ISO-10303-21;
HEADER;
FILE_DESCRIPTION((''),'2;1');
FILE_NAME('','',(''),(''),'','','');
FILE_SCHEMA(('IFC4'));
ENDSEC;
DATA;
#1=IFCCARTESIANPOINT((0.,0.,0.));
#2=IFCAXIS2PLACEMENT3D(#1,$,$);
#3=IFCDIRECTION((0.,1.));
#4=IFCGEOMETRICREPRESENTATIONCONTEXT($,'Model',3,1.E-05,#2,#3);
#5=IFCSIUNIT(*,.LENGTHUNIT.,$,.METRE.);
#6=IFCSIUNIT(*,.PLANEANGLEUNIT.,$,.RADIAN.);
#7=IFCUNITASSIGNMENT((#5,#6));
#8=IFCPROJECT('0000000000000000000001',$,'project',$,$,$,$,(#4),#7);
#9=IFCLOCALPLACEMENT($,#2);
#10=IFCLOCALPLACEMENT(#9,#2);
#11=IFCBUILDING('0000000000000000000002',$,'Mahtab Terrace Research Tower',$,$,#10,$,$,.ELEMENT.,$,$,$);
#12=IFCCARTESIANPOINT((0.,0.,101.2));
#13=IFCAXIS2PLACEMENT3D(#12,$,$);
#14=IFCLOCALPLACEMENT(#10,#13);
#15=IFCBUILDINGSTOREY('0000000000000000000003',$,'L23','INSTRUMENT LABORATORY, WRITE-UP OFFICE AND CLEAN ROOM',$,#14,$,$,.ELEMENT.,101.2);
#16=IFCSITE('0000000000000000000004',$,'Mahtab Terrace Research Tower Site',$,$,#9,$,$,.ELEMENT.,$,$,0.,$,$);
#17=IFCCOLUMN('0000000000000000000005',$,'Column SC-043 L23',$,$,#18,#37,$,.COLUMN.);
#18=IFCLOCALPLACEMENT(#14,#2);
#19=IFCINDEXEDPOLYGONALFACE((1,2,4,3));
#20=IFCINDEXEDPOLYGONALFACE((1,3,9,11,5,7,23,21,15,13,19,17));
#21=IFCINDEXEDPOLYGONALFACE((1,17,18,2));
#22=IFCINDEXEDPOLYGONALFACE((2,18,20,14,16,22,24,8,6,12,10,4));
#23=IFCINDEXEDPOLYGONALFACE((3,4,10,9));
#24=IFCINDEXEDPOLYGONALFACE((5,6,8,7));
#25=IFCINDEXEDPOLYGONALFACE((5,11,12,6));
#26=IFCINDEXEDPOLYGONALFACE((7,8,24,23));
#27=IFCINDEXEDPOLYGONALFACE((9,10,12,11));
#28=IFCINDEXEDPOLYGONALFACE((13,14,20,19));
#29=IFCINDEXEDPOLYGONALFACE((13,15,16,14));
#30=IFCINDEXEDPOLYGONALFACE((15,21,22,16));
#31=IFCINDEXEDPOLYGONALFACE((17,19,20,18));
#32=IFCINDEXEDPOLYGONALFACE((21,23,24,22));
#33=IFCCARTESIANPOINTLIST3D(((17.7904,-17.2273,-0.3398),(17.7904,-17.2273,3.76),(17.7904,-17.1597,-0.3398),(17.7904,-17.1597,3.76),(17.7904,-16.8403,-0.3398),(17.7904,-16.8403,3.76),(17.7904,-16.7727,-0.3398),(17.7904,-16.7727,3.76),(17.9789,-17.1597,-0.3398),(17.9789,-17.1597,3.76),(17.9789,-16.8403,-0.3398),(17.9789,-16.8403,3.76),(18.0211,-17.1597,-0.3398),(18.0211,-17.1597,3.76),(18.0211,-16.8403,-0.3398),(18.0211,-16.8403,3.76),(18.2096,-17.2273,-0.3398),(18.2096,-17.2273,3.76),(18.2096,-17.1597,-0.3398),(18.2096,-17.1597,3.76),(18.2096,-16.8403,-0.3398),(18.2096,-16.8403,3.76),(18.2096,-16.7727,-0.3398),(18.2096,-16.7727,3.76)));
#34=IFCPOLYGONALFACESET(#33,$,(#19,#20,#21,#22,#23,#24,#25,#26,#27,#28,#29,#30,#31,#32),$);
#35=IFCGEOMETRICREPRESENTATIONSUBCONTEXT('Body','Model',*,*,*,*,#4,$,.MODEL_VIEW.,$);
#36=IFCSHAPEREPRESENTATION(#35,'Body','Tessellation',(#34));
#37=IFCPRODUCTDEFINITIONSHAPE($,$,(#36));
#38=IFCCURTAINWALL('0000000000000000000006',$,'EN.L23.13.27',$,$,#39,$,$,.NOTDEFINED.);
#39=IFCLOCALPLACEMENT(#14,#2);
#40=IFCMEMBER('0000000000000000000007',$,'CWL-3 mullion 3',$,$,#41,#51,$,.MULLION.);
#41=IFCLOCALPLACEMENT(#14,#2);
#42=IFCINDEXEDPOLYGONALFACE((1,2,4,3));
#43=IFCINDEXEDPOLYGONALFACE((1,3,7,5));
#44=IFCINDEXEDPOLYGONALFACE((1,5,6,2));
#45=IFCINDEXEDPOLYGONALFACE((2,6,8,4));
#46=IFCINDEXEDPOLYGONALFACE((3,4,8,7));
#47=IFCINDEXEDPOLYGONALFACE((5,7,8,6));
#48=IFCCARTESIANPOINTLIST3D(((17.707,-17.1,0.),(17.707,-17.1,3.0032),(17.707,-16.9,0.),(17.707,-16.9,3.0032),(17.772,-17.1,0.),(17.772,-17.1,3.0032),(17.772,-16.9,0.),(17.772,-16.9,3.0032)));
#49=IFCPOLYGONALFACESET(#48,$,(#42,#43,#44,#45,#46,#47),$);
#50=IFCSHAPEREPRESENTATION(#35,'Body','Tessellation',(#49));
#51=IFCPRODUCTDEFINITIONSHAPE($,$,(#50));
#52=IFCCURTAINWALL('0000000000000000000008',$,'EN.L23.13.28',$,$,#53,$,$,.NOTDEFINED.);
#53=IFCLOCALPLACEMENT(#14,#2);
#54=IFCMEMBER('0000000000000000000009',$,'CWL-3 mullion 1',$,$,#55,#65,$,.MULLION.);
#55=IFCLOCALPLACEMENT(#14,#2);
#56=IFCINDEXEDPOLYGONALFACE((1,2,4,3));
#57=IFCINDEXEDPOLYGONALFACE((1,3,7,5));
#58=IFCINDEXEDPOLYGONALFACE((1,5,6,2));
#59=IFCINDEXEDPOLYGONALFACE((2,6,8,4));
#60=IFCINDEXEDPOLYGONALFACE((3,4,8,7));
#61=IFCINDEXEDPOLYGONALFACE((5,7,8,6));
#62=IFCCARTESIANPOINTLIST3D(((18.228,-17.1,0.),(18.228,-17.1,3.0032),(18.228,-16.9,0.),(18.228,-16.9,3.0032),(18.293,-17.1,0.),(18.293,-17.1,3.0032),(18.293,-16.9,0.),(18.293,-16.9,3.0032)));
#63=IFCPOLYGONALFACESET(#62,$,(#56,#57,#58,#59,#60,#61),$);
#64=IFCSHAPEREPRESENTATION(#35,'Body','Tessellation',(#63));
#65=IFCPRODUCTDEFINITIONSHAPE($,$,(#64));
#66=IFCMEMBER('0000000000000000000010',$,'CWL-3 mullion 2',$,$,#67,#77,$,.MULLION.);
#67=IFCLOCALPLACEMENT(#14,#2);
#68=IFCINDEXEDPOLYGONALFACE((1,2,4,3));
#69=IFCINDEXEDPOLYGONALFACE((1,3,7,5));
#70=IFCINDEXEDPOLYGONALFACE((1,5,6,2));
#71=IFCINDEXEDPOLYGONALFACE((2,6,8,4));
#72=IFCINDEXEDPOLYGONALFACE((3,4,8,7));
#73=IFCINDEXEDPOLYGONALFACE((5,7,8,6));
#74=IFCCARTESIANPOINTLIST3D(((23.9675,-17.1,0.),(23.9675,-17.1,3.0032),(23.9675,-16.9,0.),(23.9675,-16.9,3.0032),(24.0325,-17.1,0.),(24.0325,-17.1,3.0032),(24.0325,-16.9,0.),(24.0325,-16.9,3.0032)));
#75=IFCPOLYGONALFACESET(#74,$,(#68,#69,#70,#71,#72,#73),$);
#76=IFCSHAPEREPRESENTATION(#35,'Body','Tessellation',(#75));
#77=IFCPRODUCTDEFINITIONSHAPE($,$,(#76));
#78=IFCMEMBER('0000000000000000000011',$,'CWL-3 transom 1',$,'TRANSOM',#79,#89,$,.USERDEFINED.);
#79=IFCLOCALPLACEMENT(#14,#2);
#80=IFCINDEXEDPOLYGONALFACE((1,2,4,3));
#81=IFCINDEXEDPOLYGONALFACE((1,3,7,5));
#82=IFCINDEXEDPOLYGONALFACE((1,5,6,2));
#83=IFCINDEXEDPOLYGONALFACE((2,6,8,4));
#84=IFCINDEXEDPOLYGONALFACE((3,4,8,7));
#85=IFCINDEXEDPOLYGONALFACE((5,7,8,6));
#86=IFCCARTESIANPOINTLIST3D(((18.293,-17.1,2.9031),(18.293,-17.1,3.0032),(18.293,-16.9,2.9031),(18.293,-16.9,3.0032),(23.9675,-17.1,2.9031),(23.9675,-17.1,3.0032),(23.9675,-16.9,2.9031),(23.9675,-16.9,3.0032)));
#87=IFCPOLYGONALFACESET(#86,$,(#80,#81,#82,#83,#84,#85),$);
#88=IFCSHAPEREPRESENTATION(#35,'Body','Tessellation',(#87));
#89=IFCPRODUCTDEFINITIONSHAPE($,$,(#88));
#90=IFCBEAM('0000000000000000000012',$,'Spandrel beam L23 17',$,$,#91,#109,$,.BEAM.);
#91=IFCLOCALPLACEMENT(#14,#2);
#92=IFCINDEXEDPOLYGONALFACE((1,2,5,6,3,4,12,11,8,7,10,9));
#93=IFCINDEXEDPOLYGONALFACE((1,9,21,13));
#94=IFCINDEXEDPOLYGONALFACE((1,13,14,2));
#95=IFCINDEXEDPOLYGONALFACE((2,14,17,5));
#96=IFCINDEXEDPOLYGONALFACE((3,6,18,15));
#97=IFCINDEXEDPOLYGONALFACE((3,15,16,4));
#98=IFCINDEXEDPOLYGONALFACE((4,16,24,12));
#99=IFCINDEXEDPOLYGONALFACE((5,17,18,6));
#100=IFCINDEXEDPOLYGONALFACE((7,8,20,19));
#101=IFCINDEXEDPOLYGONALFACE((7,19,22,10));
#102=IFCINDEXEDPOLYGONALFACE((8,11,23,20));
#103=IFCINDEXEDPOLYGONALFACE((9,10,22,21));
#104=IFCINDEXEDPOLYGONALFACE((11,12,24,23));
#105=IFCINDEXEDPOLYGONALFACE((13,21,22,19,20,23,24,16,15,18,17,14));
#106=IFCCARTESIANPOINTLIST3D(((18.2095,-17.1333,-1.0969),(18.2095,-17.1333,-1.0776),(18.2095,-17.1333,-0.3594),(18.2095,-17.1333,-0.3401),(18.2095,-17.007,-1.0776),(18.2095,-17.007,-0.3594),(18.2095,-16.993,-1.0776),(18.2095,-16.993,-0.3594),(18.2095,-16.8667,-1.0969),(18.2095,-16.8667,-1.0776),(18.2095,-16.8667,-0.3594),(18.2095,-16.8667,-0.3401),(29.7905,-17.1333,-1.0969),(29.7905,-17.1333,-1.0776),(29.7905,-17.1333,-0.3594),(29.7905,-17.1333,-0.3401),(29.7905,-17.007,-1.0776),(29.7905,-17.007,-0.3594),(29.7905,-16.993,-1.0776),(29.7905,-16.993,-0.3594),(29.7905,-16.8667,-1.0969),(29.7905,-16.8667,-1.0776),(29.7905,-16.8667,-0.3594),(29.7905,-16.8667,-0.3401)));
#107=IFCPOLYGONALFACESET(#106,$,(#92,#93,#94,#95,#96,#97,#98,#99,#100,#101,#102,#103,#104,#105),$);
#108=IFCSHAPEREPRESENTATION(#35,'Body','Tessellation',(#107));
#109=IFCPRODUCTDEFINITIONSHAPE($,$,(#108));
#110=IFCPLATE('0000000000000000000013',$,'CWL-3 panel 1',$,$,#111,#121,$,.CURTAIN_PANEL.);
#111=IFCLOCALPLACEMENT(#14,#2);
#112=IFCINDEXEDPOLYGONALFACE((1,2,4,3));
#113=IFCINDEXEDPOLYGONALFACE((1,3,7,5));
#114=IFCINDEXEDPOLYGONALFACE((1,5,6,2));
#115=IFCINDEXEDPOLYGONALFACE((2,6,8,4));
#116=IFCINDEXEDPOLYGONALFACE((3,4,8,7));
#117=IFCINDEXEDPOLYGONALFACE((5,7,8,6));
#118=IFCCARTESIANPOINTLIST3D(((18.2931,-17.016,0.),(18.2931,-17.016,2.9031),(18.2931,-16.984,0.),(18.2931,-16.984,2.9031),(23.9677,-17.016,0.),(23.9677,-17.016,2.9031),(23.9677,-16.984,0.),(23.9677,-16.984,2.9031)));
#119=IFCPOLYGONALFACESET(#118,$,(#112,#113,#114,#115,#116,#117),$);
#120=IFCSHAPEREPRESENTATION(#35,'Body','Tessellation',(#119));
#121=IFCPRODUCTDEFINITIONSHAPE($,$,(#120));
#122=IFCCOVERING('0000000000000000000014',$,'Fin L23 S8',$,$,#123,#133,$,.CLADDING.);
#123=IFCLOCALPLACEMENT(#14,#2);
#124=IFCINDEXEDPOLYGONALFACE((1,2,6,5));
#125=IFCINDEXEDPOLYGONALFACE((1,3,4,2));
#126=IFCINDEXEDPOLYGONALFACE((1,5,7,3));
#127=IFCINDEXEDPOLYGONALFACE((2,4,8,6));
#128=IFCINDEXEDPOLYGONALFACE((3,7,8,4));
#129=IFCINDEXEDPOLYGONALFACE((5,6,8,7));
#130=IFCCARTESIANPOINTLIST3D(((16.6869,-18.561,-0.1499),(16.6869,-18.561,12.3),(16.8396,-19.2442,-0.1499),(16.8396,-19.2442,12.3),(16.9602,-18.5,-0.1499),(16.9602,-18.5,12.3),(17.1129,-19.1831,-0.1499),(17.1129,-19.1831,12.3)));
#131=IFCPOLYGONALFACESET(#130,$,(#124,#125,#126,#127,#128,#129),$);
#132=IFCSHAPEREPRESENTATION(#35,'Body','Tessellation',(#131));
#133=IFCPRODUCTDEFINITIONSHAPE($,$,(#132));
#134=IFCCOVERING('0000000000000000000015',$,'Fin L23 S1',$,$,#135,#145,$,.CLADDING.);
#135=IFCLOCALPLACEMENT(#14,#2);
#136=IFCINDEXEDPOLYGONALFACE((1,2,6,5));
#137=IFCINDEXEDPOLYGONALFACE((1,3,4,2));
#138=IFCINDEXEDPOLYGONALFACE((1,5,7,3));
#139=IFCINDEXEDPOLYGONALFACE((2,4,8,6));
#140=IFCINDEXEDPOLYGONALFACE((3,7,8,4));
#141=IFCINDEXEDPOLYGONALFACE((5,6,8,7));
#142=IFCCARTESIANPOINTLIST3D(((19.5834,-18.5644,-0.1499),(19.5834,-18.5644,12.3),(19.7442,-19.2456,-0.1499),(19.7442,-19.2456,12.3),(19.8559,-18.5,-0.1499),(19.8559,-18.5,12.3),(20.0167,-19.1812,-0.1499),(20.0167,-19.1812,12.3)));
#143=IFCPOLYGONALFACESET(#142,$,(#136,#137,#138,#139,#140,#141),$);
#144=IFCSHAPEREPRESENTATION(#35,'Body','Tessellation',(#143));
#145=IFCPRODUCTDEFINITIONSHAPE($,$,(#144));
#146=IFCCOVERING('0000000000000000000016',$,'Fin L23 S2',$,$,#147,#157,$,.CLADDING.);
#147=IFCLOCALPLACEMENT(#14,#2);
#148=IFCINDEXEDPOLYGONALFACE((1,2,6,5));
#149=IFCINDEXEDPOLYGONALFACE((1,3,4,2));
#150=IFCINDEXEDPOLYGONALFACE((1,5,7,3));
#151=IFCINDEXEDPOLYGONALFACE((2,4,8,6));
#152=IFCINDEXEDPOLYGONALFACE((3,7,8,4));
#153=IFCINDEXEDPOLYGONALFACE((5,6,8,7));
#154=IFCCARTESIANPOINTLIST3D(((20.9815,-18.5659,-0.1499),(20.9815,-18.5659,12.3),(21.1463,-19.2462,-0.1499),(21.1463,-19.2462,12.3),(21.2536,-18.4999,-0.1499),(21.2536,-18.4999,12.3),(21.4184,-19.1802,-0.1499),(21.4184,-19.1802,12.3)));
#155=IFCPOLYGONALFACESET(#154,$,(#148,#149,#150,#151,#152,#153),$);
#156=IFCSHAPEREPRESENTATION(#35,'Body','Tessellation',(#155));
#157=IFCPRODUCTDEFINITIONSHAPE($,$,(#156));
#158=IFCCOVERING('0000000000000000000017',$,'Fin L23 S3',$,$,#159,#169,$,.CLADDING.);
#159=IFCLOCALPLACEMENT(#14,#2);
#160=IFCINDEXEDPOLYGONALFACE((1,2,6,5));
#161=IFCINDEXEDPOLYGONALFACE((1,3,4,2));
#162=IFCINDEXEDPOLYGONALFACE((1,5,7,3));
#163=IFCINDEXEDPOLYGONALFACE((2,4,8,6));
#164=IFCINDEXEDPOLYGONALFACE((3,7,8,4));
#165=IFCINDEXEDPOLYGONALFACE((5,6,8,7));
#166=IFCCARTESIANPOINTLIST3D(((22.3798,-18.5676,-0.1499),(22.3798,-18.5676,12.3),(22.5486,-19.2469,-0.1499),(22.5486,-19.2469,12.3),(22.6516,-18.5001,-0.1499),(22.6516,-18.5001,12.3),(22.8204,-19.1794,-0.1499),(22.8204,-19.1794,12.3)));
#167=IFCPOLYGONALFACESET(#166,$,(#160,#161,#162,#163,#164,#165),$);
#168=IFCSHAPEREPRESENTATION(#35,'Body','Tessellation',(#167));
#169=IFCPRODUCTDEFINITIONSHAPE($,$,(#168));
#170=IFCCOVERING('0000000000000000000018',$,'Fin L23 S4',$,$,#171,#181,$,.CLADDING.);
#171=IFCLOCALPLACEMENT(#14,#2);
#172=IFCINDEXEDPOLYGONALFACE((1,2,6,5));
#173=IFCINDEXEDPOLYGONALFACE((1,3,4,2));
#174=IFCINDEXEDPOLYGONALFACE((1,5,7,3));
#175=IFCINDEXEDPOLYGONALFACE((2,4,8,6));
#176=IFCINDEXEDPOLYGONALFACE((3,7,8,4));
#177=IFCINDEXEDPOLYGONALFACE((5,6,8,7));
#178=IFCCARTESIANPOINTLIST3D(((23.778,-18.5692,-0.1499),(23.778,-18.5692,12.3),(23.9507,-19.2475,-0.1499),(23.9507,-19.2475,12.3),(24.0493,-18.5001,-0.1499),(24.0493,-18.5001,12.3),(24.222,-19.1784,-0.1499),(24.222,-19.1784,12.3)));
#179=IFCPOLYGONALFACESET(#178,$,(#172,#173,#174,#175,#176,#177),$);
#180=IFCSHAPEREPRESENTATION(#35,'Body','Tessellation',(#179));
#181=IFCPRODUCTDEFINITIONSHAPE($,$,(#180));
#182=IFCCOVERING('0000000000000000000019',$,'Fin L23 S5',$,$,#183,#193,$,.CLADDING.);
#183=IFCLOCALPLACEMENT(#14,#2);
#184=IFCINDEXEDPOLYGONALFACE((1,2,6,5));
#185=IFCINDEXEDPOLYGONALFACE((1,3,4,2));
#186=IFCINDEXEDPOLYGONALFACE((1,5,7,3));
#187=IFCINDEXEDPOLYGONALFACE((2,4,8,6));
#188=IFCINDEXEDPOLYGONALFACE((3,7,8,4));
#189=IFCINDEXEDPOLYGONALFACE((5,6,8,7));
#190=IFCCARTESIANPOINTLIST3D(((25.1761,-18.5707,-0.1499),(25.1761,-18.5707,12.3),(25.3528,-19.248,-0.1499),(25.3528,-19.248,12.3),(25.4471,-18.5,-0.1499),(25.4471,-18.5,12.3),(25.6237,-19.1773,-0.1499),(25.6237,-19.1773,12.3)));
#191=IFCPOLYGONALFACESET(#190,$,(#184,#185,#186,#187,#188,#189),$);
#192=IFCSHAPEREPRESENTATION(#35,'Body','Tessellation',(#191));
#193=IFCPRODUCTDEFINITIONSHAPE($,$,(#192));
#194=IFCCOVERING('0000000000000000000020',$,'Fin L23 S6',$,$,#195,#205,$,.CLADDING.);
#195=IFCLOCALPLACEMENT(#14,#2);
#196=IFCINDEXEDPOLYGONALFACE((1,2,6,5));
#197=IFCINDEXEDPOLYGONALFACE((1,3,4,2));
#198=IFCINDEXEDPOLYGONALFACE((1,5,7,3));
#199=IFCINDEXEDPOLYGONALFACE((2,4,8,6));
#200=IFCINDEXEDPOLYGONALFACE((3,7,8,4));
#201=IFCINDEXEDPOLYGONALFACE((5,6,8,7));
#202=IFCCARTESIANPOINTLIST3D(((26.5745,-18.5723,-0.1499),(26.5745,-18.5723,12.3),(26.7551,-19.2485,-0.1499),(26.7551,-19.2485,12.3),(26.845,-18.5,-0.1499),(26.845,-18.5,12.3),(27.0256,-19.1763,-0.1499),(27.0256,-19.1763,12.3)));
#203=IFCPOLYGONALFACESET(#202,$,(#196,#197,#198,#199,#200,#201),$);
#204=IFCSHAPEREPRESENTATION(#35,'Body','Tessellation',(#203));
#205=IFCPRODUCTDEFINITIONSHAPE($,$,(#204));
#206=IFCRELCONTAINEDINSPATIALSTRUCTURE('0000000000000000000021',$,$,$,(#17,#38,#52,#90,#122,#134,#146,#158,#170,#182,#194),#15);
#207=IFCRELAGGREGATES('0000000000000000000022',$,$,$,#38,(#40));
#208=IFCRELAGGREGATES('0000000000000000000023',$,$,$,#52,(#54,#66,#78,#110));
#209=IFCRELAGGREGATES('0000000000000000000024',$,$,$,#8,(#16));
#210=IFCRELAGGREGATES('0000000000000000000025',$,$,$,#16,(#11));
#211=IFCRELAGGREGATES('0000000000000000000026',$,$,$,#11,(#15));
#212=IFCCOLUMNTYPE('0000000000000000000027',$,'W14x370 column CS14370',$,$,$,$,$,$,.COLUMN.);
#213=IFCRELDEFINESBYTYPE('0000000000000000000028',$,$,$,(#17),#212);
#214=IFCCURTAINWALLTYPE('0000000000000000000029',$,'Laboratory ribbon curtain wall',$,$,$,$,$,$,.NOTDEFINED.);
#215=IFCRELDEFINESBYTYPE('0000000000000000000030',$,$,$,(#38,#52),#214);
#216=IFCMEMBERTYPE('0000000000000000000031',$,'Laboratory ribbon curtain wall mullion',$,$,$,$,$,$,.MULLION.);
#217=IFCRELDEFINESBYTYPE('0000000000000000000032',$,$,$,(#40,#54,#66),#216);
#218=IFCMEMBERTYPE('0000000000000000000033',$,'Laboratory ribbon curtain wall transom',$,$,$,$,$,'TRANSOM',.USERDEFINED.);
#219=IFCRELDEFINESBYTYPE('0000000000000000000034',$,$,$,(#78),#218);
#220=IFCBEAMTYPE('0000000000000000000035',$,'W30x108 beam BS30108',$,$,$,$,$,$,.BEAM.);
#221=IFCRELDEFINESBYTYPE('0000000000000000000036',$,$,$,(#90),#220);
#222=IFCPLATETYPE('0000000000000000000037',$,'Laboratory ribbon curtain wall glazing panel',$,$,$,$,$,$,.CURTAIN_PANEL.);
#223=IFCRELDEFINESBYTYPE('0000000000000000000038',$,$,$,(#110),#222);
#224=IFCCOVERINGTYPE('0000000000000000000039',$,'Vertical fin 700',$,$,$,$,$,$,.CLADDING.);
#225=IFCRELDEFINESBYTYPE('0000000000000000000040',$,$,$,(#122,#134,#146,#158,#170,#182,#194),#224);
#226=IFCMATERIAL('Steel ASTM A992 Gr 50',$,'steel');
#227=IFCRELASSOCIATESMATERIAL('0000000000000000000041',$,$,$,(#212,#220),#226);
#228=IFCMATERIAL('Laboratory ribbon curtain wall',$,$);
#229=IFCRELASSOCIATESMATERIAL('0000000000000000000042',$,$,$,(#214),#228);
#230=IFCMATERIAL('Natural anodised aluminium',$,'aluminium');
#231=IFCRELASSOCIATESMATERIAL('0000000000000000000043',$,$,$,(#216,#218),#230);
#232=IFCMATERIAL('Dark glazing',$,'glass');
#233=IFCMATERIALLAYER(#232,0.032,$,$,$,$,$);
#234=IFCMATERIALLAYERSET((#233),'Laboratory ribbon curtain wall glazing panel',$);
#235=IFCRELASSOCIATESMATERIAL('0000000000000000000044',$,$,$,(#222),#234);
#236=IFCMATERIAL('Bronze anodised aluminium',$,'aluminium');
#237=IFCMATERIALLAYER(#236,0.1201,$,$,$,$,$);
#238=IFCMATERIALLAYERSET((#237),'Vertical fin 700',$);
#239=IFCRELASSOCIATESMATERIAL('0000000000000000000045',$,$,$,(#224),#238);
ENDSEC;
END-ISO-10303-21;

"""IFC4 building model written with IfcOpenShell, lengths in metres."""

from ifc_helpers import new_model, si_unit, direction, frame, origin, origin_2d, place, context, subcontext, project, spatial, rectangle, i_section, extrude, material, layer, layer_set, material_profile, profile_set, type_object, element, aggregate, save


model = new_model("IFC4")

# Units and contexts
model_context = context("Model", 3, precision=1e-05, world=origin(), true_north=direction((0.0, 1.0)))
body_context = subcontext(model_context, "Body", "Model", "MODEL_VIEW")
ifc_project = project(units=[si_unit("LENGTHUNIT", "METRE"), si_unit("PLANEANGLEUNIT", "RADIAN")], contexts=[model_context])

# Site, building, storey
site_placement = place(None, origin())
site = spatial("IfcSite", under=ifc_project, at=site_placement, Name="Mahtab Terrace Research Tower Site", CompositionType="ELEMENT", RefElevation=0.0)
building_placement = place(site_placement, origin())
building = spatial("IfcBuilding", under=site, at=building_placement, Name="Mahtab Terrace Research Tower", CompositionType="ELEMENT")
storey_placement = place(building_placement, frame((0.0, 0.0, 101.2)))
storey = spatial("IfcBuildingStorey", under=building, at=storey_placement, Name="L23", Description="INSTRUMENT LABORATORY, WRITE-UP OFFICE AND CLEAN ROOM", CompositionType="ELEMENT", Elevation=101.2)

# Column
ifc_material_1 = material(Name="Steel ASTM A992 Gr 50", Category="steel")
ifc_material_profile_1 = material_profile(ifc_material_1, i_section(OverallWidth=0.4192, OverallDepth=0.4546, WebThickness=0.0422, FlangeThickness=0.0676, at=origin_2d()), Name="W14X370")
ifc_profile_set_1 = profile_set([ifc_material_profile_1], Name="Steel ASTM A992 Gr 50")
column_type = type_object("IfcColumnType", Name="W14x370 column CS14370", PredefinedType="COLUMN", material=ifc_profile_set_1)
column_placement = place(storey_placement, frame((18.0, -17.0, -0.3398), z_axis=(0.0, 0.0, 1.0), x_axis=(1.0, 0.0, 0.0)))
element("IfcColumn", 1, at=column_placement, inside=storey, type_object=column_type, Name="Column SC-043 L23", PredefinedType="COLUMN", context=body_context, shape_type="SweptSolid", body=[
    extrude(i_section(OverallWidth=0.4192, OverallDepth=0.4546, WebThickness=0.0422, FlangeThickness=0.0676, at=origin_2d()), origin(), (0.0, 0.0, 1.0), 4.0999),
])

# Curtain wall, member
ifc_material_2 = material(Name="Laboratory ribbon curtain wall")
curtain_wall_type = type_object("IfcCurtainWallType", Name="Laboratory ribbon curtain wall", PredefinedType="NOTDEFINED", material=ifc_material_2)
curtain_wall_1_placement = place(storey_placement, origin())
curtain_wall_1 = element("IfcCurtainWall", 2, at=curtain_wall_1_placement, inside=storey, type_object=curtain_wall_type, Name="EN.L23.13.27", PredefinedType="NOTDEFINED")
ifc_material_3 = material(Name="Natural anodised aluminium", Category="aluminium")
ifc_material_profile_2 = material_profile(ifc_material_3, rectangle(XDim=0.2, YDim=0.0649, at=origin_2d()), Name="MULLION 65x200")
ifc_profile_set_2 = profile_set([ifc_material_profile_2], Name="Natural anodised aluminium")
member_type_1 = type_object("IfcMemberType", Name="Laboratory ribbon curtain wall mullion", PredefinedType="MULLION", material=ifc_profile_set_2)
member_1_placement = place(storey_placement, frame((17.7395, -17.0, 0.0), z_axis=(0.0, 0.0, 1.0), x_axis=(0.0, 1.0, 0.0)))
member_1 = element("IfcMember", 3, at=member_1_placement, type_object=member_type_1, Name="CWL-3 mullion 3", PredefinedType="MULLION", context=body_context, shape_type="SweptSolid", body=[
    extrude(rectangle(XDim=0.2, YDim=0.0649, at=origin_2d()), origin(), (0.0, 0.0, 1.0), 3.0032),
])
aggregate(curtain_wall_1, [member_1])

# Curtain wall, members
curtain_wall_2_placement = place(storey_placement, origin())
curtain_wall_2 = element("IfcCurtainWall", 4, at=curtain_wall_2_placement, inside=storey, type_object=curtain_wall_type, Name="EN.L23.13.28", PredefinedType="NOTDEFINED")
member_2_placement = place(storey_placement, frame((18.2605, -17.0, 0.0), z_axis=(0.0, 0.0, 1.0), x_axis=(0.0, 1.0, 0.0)))
member_2 = element("IfcMember", 5, at=member_2_placement, type_object=member_type_1, Name="CWL-3 mullion 1", PredefinedType="MULLION", context=body_context, shape_type="SweptSolid", body=[
    extrude(rectangle(XDim=0.2, YDim=0.0649, at=origin_2d()), origin(), (0.0, 0.0, 1.0), 3.0032),
])
member_3_placement = place(storey_placement, frame((24.0, -17.0, 0.0), z_axis=(0.0, 0.0, 1.0), x_axis=(0.0, 1.0, 0.0)))
member_3 = element("IfcMember", 6, at=member_3_placement, type_object=member_type_1, Name="CWL-3 mullion 2", PredefinedType="MULLION", context=body_context, shape_type="SweptSolid", body=[
    extrude(rectangle(XDim=0.2, YDim=0.0649, at=origin_2d()), origin(), (0.0, 0.0, 1.0), 3.0032),
])
ifc_material_profile_3 = material_profile(ifc_material_3, rectangle(XDim=0.2, YDim=0.1001, at=origin_2d()), Name="TRANSOM 100x200")
ifc_profile_set_3 = profile_set([ifc_material_profile_3], Name="Natural anodised aluminium")
member_type_2 = type_object("IfcMemberType", Name="Laboratory ribbon curtain wall transom", ElementType="TRANSOM", PredefinedType="USERDEFINED", material=ifc_profile_set_3)
member_4_placement = place(storey_placement, frame((18.293, -17.0, 2.9531), z_axis=(1.0, 0.0, 0.0), x_axis=(0.0, 1.0, 0.0)))
member_4 = element("IfcMember", 7, at=member_4_placement, type_object=member_type_2, Name="CWL-3 transom 1", ObjectType="TRANSOM", PredefinedType="USERDEFINED", context=body_context, shape_type="SweptSolid", body=[
    extrude(rectangle(XDim=0.2, YDim=0.1001, at=origin_2d()), origin(), (0.0, 0.0, 1.0), 5.6746),
])

# Beam
ifc_material_profile_4 = material_profile(ifc_material_1, i_section(OverallWidth=0.2666, OverallDepth=0.7568, WebThickness=0.0139, FlangeThickness=0.0193, at=origin_2d()), Name="W30X108")
ifc_profile_set_4 = profile_set([ifc_material_profile_4], Name="Steel ASTM A992 Gr 50")
beam_type = type_object("IfcBeamType", Name="W30x108 beam BS30108", PredefinedType="BEAM", material=ifc_profile_set_4)
beam_placement = place(storey_placement, frame((18.2095, -17.0, -0.7185), z_axis=(1.0, 0.0, 0.0), x_axis=(0.0, 1.0, 0.0)))
element("IfcBeam", 8, at=beam_placement, inside=storey, type_object=beam_type, Name="Spandrel beam L23 17", PredefinedType="BEAM", context=body_context, shape_type="SweptSolid", body=[
    extrude(i_section(OverallWidth=0.2666, OverallDepth=0.7568, WebThickness=0.0139, FlangeThickness=0.0193, at=origin_2d()), origin(), (0.0, 0.0, 1.0), 11.5811),
])

# Plate
ifc_material_4 = material(Name="Dark glazing", Category="glass")
ifc_layer_1 = layer(ifc_material_4, 0.032)
ifc_layer_set_1 = layer_set([ifc_layer_1], Name="Laboratory ribbon curtain wall glazing panel")
plate_type = type_object("IfcPlateType", Name="Laboratory ribbon curtain wall glazing panel", PredefinedType="CURTAIN_PANEL", material=ifc_layer_set_1)
plate_placement = place(storey_placement, frame((21.1304, -17.0, 0.0), z_axis=(0.0, 0.0, 1.0), x_axis=(1.0, 0.0, 0.0)))
plate = element("IfcPlate", 9, at=plate_placement, type_object=plate_type, Name="CWL-3 panel 1", PredefinedType="CURTAIN_PANEL", context=body_context, shape_type="SweptSolid", body=[
    extrude(rectangle(XDim=5.6746, YDim=0.032, at=origin_2d()), origin(), (0.0, 0.0, 1.0), 2.9031),
])
aggregate(curtain_wall_2, [member_2, member_3, member_4, plate])

# Coverings
ifc_material_5 = material(Name="Bronze anodised aluminium", Category="aluminium")
ifc_layer_2 = layer(ifc_material_5, 0.1201)
ifc_layer_set_2 = layer_set([ifc_layer_2], Name="Vertical fin 700")
covering_type = type_object("IfcCoveringType", Name="Vertical fin 700", PredefinedType="CLADDING", material=ifc_layer_set_2)
for number, where, z_axis, x_axis, name in (
    (10, (16.8999, -18.8721, -0.1499), (0.0, 0.0, 1.0), (0.975935, 0.218062, 0.0), "Fin L23 S8"),
    (11, (19.8, -18.8728, -0.1499), (0.0, 0.0, 1.0), (0.973236, 0.229807, 0.0), "Fin L23 S1"),
    (12, (21.2, -18.873, -0.1499), (0.0, 0.0, 1.0), (0.971883, 0.235465, 0.0), "Fin L23 S2"),
    (13, (22.6001, -18.8735, -0.1499), (0.0, 0.0, 1.0), (0.970496, 0.241115, 0.0), "Fin L23 S3"),
    (14, (24.0, -18.8738, -0.1499), (0.0, 0.0, 1.0), (0.969077, 0.246757, 0.0), "Fin L23 S4"),
    (15, (25.3999, -18.874, -0.1499), (0.0, 0.0, 1.0), (0.967625, 0.252391, 0.0), "Fin L23 S5"),
    (16, (26.8, -18.8743, -0.1499), (0.0, 0.0, 1.0), (0.966141, 0.258016, 0.0), "Fin L23 S6"),
):
    element("IfcCovering", number, at=place(storey_placement, frame(where, z_axis=z_axis, x_axis=x_axis)), inside=storey, type_object=covering_type, Name=name, PredefinedType="CLADDING", context=body_context, shape_type="SweptSolid", body=[
        extrude(rectangle(XDim=0.28, YDim=0.7, at=origin_2d()), origin(), (0.0, 0.0, 1.0), 12.45),
    ])

save(model, "model.ifc")
